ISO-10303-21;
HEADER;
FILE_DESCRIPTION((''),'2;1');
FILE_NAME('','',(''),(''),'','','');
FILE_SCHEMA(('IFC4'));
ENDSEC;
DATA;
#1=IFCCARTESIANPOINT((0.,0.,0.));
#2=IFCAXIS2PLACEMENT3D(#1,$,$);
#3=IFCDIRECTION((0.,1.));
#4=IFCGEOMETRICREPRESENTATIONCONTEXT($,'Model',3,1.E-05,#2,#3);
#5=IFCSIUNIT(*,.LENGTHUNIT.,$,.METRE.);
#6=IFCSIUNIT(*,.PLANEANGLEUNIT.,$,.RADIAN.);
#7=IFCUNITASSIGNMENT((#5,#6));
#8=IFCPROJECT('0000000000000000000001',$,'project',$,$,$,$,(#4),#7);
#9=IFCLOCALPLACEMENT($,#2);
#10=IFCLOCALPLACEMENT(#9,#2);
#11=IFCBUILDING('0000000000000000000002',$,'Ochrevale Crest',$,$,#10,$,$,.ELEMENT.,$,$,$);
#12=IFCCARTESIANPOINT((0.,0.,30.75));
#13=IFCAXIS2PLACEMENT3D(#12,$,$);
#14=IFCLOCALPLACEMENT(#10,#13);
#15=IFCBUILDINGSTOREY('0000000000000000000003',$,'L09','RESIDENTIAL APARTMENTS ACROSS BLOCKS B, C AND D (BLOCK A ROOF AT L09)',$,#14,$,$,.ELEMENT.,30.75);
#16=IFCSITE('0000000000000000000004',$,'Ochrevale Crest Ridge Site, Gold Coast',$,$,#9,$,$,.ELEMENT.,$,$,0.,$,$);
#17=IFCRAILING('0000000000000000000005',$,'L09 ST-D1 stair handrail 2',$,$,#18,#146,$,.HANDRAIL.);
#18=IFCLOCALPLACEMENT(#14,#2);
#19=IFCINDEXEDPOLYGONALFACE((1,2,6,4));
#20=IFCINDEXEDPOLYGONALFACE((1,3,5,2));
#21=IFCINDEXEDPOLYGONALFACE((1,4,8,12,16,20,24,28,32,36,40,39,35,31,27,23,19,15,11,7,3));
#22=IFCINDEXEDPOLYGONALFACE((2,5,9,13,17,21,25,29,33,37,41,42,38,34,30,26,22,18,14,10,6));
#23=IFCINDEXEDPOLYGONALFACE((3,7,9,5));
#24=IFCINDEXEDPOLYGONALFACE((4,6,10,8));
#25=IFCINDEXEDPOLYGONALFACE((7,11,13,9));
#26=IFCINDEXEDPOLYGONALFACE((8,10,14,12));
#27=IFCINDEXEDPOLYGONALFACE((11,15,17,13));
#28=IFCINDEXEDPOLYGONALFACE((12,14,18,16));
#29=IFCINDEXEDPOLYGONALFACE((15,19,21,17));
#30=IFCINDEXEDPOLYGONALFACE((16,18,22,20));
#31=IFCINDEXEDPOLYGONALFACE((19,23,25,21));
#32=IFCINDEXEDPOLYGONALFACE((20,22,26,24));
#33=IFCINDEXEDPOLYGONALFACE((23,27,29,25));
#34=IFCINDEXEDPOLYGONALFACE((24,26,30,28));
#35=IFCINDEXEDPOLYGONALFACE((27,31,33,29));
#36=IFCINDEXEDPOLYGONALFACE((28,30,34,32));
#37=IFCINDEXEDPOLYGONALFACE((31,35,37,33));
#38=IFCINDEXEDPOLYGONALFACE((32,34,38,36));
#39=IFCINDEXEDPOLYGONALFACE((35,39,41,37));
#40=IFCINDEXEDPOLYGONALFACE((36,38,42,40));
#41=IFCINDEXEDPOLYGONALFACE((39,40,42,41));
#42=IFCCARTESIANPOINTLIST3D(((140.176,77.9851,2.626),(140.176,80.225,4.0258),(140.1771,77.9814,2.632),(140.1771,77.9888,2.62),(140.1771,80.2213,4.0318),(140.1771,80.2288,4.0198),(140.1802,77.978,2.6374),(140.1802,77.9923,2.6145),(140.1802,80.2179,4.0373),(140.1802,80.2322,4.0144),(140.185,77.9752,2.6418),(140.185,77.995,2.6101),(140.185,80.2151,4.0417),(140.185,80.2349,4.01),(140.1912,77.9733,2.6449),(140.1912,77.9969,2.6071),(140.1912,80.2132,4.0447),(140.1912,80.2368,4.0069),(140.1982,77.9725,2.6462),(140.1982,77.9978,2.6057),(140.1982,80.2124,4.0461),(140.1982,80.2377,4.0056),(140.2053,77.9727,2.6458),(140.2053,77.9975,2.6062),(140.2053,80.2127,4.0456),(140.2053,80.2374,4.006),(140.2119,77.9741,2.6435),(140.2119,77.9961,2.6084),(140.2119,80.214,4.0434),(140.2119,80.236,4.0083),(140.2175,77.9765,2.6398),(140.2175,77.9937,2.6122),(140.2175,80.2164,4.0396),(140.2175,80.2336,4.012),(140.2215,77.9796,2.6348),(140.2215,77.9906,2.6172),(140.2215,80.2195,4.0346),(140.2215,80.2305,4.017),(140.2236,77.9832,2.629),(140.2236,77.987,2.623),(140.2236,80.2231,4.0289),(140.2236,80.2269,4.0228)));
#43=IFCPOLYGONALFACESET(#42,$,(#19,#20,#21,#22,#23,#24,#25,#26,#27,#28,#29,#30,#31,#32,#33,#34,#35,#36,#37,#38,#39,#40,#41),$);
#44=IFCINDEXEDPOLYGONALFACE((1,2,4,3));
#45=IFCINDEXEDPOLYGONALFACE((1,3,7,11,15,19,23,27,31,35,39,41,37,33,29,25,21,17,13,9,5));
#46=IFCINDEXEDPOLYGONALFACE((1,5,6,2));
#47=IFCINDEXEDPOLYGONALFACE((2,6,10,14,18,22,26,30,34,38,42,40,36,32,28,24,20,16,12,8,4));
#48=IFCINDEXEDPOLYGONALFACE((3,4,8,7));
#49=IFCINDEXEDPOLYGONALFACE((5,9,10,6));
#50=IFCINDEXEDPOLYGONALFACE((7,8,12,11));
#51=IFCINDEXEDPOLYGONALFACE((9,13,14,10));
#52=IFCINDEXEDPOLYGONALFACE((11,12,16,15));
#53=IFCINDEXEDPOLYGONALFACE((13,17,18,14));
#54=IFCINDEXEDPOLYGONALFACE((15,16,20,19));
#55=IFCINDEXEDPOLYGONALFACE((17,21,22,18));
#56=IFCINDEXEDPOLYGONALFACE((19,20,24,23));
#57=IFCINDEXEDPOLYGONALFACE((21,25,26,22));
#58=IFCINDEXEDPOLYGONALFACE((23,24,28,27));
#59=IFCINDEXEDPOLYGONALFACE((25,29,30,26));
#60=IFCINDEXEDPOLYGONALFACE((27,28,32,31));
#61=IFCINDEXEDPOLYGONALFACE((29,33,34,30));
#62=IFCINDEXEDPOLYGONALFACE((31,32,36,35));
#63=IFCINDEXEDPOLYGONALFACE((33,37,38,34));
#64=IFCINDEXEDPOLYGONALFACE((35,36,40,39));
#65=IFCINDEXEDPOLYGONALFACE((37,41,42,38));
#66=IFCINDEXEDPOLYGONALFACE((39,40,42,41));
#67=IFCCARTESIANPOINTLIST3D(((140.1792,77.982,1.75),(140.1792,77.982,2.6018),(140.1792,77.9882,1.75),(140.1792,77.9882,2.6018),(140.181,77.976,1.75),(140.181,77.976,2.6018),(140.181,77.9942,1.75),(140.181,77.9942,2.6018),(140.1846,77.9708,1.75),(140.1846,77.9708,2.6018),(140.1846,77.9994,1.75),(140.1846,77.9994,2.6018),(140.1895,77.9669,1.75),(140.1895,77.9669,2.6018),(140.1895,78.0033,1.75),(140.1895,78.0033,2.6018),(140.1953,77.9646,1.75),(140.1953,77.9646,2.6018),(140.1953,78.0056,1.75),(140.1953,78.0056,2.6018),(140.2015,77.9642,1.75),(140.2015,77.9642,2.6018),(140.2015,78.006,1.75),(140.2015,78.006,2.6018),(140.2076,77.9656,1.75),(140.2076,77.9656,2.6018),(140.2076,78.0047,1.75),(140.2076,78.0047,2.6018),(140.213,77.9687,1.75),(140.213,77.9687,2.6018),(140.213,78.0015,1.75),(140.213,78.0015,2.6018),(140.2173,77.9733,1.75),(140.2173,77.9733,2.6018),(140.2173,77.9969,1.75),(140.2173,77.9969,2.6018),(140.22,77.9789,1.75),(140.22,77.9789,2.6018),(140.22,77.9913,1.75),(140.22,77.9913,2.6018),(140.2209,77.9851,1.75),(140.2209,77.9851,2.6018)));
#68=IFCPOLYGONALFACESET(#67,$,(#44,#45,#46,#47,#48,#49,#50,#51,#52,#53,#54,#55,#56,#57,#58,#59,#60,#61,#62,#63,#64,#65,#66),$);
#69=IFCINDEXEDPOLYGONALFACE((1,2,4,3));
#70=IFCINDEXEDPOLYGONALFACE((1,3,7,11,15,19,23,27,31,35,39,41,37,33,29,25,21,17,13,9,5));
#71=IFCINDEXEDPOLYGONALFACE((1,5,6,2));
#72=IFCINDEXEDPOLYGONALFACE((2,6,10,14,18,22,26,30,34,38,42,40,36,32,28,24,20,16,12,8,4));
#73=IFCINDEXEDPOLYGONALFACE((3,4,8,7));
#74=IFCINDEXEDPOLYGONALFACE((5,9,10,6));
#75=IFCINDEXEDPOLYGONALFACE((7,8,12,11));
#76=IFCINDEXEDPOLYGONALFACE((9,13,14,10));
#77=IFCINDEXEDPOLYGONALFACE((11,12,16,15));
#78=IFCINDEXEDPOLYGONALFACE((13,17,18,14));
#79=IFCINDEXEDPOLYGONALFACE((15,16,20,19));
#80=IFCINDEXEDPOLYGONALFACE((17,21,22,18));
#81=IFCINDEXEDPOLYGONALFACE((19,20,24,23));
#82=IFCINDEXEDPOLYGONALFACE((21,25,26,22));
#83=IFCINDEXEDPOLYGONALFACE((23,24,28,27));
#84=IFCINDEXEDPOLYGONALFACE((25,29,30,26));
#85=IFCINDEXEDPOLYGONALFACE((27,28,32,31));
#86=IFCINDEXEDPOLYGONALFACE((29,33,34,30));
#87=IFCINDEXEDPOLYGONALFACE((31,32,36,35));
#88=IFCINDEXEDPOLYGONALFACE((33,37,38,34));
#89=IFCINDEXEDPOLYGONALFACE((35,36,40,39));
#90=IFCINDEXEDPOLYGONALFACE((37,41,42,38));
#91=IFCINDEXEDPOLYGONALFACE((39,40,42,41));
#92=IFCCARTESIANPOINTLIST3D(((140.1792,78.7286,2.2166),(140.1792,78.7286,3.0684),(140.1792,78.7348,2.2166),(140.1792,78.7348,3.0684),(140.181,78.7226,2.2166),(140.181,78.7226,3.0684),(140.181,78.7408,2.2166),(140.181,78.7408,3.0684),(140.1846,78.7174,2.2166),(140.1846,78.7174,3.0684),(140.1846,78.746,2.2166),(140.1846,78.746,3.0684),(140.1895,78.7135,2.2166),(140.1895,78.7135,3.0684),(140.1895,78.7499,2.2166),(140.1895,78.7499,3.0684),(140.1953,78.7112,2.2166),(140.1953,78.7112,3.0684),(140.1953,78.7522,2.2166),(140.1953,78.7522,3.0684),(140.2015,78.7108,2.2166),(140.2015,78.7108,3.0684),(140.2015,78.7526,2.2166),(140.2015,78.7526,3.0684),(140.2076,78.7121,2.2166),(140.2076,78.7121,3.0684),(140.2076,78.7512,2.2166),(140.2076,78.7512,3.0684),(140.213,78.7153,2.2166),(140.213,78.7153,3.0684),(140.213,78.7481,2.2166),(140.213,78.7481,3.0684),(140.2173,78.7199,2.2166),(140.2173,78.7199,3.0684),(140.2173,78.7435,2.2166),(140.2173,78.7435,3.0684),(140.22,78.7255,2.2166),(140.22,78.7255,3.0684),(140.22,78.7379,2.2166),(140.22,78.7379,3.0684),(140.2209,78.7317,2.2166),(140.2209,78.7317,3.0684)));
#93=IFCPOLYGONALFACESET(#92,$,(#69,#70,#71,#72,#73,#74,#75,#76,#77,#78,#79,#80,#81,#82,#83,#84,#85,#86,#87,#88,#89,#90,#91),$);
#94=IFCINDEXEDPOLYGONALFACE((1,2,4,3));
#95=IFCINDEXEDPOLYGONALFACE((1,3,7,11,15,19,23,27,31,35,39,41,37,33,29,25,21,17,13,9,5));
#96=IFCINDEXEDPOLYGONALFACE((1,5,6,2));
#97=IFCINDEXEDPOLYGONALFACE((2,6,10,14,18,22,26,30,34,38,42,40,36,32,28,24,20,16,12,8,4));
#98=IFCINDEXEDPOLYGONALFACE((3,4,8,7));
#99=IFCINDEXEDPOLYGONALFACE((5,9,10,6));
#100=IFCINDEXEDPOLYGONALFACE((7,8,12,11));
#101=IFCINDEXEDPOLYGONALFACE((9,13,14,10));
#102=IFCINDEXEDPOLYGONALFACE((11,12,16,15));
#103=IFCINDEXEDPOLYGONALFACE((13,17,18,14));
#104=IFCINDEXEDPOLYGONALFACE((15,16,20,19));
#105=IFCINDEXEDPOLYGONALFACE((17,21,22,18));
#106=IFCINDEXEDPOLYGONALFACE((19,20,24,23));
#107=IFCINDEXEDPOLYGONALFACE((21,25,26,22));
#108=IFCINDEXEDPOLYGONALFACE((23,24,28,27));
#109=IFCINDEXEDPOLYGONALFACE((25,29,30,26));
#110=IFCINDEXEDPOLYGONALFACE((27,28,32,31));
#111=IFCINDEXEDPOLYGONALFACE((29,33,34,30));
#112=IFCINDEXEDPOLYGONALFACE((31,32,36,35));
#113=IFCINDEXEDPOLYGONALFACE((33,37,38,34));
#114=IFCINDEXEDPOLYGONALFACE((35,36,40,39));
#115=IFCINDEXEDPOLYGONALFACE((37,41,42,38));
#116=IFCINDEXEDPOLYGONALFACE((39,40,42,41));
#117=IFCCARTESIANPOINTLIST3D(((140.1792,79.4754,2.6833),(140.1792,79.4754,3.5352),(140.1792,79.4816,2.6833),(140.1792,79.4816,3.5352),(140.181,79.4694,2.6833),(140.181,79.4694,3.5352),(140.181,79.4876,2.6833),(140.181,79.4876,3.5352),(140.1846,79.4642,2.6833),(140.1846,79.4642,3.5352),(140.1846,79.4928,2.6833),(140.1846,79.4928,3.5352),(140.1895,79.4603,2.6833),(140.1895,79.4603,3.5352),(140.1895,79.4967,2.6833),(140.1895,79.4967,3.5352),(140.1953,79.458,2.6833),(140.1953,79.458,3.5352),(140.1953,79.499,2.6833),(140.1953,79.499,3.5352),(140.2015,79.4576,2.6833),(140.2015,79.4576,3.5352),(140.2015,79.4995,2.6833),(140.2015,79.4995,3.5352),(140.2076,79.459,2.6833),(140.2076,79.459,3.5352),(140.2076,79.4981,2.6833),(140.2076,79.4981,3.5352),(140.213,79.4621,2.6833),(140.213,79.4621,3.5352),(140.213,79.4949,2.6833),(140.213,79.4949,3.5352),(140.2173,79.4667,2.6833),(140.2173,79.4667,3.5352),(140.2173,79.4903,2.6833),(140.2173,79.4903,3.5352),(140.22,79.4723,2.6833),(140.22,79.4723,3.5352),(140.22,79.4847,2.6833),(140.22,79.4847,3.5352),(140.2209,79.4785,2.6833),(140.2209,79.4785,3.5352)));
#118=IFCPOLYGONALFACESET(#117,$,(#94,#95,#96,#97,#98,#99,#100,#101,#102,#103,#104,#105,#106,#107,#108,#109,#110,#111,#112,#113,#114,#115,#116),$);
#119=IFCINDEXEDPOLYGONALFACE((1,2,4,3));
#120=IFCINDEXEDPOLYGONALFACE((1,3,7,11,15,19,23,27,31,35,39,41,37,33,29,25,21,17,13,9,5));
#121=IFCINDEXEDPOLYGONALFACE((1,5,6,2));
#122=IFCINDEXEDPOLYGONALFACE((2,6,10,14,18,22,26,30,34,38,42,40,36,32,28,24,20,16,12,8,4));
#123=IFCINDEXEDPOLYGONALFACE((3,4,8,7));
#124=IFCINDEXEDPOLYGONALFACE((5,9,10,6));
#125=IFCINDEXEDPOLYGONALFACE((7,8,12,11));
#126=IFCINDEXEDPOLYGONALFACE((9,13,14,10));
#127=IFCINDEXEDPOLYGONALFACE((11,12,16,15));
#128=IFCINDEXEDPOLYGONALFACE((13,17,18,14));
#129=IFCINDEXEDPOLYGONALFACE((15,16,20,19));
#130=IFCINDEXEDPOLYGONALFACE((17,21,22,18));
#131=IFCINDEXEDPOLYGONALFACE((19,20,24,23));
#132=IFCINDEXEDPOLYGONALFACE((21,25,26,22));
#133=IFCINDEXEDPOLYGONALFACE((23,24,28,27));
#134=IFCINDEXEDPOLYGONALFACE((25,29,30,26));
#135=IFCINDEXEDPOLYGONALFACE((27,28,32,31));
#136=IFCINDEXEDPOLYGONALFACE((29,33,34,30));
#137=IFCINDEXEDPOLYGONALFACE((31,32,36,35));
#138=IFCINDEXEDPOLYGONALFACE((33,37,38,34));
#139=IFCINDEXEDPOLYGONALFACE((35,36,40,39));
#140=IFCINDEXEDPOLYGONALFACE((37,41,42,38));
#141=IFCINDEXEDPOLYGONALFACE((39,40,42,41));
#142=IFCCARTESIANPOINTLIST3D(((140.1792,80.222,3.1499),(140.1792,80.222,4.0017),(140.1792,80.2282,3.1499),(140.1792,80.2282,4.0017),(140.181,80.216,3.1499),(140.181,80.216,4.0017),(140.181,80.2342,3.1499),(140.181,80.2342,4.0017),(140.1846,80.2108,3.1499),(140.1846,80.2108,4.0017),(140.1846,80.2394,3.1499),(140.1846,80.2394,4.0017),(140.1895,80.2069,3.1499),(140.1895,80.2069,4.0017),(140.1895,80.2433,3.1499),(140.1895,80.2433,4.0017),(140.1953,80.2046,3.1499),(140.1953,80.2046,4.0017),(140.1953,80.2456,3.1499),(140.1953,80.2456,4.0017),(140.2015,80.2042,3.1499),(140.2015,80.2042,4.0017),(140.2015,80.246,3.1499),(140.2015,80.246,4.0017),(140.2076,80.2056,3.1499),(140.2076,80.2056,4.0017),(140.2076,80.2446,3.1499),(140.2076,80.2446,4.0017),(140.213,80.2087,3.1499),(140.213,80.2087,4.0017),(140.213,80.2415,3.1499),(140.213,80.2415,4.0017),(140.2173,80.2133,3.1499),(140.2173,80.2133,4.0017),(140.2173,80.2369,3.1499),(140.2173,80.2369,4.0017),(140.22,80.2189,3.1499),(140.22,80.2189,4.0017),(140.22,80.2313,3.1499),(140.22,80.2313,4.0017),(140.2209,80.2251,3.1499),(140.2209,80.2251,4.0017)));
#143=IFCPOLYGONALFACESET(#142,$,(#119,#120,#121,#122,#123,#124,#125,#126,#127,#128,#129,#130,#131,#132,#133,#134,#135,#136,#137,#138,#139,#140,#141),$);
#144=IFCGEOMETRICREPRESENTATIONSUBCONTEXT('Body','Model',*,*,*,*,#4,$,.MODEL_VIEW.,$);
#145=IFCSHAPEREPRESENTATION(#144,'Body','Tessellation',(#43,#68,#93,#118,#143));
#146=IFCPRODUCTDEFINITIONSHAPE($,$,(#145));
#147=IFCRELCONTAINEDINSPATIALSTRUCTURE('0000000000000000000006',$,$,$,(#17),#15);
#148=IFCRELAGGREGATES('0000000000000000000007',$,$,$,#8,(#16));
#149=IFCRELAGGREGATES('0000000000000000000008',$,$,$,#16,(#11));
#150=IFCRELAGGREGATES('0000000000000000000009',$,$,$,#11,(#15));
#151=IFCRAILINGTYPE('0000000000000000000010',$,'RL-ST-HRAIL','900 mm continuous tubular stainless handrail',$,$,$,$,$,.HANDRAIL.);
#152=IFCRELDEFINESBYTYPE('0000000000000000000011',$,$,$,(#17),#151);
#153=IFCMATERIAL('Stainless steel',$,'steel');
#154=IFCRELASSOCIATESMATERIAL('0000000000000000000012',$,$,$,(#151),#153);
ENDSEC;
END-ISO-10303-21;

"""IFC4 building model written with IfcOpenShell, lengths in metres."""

from ifc_helpers import new_model, si_unit, direction, frame, origin, origin_2d, place, context, subcontext, project, spatial, circle, extrude, material, type_object, element, save


model = new_model("IFC4")

# Units and contexts
model_context = context("Model", 3, precision=1e-05, world=origin(), true_north=direction((0.0, 1.0)))
body_context = subcontext(model_context, "Body", "Model", "MODEL_VIEW")
ifc_project = project(units=[si_unit("LENGTHUNIT", "METRE"), si_unit("PLANEANGLEUNIT", "RADIAN")], contexts=[model_context])

# Site, building, storey
site_placement = place(None, origin())
site = spatial("IfcSite", under=ifc_project, at=site_placement, Name="Ochrevale Crest Ridge Site, Gold Coast", CompositionType="ELEMENT", RefElevation=0.0)
building_placement = place(site_placement, origin())
building = spatial("IfcBuilding", under=site, at=building_placement, Name="Ochrevale Crest", CompositionType="ELEMENT")
storey_placement = place(building_placement, frame((0.0, 0.0, 30.75)))
storey = spatial("IfcBuildingStorey", under=building, at=storey_placement, Name="L09", Description="RESIDENTIAL APARTMENTS ACROSS BLOCKS B, C AND D (BLOCK A ROOF AT L09)", CompositionType="ELEMENT", Elevation=30.75)

# Railing
ifc_material_1 = material(Name="Stainless steel", Category="steel")
railing_type_1 = type_object("IfcRailingType", Name="RL-ST-HRAIL", Description="900 mm continuous tubular stainless handrail", PredefinedType="HANDRAIL", material=ifc_material_1)
railing_1_placement = place(storey_placement, frame((140.2, 77.9851, 1.75)))
element("IfcRailing", 1, at=railing_1_placement, inside=storey, type_object=railing_type_1, Name="L09 ST-D1 stair handrail 2", PredefinedType="HANDRAIL", context=body_context, shape_type="SweptSolid", body=[
    extrude(circle(Radius=0.0239, at=origin_2d()), frame((0.0, 0.0, 0.876), z_axis=(0.0, 0.848014, 0.529974), x_axis=(-1.0, 0.0, 0.0)), (0.0, 0.0, 1.0), 2.6414),
    extrude(circle(Radius=0.021, at=origin_2d()), origin(), (0.0, 0.0, 1.0), 0.8518),
    extrude(circle(Radius=0.021, at=origin_2d()), frame((0.0, 0.7466, 0.4666)), (0.0, 0.0, 1.0), 0.8518),
    extrude(circle(Radius=0.021, at=origin_2d()), frame((0.0, 1.4934, 0.9333)), (0.0, 0.0, 1.0), 0.8518),
    extrude(circle(Radius=0.021, at=origin_2d()), frame((0.0, 2.24, 1.3999)), (0.0, 0.0, 1.0), 0.8518),
])

save(model, "model.ifc")
